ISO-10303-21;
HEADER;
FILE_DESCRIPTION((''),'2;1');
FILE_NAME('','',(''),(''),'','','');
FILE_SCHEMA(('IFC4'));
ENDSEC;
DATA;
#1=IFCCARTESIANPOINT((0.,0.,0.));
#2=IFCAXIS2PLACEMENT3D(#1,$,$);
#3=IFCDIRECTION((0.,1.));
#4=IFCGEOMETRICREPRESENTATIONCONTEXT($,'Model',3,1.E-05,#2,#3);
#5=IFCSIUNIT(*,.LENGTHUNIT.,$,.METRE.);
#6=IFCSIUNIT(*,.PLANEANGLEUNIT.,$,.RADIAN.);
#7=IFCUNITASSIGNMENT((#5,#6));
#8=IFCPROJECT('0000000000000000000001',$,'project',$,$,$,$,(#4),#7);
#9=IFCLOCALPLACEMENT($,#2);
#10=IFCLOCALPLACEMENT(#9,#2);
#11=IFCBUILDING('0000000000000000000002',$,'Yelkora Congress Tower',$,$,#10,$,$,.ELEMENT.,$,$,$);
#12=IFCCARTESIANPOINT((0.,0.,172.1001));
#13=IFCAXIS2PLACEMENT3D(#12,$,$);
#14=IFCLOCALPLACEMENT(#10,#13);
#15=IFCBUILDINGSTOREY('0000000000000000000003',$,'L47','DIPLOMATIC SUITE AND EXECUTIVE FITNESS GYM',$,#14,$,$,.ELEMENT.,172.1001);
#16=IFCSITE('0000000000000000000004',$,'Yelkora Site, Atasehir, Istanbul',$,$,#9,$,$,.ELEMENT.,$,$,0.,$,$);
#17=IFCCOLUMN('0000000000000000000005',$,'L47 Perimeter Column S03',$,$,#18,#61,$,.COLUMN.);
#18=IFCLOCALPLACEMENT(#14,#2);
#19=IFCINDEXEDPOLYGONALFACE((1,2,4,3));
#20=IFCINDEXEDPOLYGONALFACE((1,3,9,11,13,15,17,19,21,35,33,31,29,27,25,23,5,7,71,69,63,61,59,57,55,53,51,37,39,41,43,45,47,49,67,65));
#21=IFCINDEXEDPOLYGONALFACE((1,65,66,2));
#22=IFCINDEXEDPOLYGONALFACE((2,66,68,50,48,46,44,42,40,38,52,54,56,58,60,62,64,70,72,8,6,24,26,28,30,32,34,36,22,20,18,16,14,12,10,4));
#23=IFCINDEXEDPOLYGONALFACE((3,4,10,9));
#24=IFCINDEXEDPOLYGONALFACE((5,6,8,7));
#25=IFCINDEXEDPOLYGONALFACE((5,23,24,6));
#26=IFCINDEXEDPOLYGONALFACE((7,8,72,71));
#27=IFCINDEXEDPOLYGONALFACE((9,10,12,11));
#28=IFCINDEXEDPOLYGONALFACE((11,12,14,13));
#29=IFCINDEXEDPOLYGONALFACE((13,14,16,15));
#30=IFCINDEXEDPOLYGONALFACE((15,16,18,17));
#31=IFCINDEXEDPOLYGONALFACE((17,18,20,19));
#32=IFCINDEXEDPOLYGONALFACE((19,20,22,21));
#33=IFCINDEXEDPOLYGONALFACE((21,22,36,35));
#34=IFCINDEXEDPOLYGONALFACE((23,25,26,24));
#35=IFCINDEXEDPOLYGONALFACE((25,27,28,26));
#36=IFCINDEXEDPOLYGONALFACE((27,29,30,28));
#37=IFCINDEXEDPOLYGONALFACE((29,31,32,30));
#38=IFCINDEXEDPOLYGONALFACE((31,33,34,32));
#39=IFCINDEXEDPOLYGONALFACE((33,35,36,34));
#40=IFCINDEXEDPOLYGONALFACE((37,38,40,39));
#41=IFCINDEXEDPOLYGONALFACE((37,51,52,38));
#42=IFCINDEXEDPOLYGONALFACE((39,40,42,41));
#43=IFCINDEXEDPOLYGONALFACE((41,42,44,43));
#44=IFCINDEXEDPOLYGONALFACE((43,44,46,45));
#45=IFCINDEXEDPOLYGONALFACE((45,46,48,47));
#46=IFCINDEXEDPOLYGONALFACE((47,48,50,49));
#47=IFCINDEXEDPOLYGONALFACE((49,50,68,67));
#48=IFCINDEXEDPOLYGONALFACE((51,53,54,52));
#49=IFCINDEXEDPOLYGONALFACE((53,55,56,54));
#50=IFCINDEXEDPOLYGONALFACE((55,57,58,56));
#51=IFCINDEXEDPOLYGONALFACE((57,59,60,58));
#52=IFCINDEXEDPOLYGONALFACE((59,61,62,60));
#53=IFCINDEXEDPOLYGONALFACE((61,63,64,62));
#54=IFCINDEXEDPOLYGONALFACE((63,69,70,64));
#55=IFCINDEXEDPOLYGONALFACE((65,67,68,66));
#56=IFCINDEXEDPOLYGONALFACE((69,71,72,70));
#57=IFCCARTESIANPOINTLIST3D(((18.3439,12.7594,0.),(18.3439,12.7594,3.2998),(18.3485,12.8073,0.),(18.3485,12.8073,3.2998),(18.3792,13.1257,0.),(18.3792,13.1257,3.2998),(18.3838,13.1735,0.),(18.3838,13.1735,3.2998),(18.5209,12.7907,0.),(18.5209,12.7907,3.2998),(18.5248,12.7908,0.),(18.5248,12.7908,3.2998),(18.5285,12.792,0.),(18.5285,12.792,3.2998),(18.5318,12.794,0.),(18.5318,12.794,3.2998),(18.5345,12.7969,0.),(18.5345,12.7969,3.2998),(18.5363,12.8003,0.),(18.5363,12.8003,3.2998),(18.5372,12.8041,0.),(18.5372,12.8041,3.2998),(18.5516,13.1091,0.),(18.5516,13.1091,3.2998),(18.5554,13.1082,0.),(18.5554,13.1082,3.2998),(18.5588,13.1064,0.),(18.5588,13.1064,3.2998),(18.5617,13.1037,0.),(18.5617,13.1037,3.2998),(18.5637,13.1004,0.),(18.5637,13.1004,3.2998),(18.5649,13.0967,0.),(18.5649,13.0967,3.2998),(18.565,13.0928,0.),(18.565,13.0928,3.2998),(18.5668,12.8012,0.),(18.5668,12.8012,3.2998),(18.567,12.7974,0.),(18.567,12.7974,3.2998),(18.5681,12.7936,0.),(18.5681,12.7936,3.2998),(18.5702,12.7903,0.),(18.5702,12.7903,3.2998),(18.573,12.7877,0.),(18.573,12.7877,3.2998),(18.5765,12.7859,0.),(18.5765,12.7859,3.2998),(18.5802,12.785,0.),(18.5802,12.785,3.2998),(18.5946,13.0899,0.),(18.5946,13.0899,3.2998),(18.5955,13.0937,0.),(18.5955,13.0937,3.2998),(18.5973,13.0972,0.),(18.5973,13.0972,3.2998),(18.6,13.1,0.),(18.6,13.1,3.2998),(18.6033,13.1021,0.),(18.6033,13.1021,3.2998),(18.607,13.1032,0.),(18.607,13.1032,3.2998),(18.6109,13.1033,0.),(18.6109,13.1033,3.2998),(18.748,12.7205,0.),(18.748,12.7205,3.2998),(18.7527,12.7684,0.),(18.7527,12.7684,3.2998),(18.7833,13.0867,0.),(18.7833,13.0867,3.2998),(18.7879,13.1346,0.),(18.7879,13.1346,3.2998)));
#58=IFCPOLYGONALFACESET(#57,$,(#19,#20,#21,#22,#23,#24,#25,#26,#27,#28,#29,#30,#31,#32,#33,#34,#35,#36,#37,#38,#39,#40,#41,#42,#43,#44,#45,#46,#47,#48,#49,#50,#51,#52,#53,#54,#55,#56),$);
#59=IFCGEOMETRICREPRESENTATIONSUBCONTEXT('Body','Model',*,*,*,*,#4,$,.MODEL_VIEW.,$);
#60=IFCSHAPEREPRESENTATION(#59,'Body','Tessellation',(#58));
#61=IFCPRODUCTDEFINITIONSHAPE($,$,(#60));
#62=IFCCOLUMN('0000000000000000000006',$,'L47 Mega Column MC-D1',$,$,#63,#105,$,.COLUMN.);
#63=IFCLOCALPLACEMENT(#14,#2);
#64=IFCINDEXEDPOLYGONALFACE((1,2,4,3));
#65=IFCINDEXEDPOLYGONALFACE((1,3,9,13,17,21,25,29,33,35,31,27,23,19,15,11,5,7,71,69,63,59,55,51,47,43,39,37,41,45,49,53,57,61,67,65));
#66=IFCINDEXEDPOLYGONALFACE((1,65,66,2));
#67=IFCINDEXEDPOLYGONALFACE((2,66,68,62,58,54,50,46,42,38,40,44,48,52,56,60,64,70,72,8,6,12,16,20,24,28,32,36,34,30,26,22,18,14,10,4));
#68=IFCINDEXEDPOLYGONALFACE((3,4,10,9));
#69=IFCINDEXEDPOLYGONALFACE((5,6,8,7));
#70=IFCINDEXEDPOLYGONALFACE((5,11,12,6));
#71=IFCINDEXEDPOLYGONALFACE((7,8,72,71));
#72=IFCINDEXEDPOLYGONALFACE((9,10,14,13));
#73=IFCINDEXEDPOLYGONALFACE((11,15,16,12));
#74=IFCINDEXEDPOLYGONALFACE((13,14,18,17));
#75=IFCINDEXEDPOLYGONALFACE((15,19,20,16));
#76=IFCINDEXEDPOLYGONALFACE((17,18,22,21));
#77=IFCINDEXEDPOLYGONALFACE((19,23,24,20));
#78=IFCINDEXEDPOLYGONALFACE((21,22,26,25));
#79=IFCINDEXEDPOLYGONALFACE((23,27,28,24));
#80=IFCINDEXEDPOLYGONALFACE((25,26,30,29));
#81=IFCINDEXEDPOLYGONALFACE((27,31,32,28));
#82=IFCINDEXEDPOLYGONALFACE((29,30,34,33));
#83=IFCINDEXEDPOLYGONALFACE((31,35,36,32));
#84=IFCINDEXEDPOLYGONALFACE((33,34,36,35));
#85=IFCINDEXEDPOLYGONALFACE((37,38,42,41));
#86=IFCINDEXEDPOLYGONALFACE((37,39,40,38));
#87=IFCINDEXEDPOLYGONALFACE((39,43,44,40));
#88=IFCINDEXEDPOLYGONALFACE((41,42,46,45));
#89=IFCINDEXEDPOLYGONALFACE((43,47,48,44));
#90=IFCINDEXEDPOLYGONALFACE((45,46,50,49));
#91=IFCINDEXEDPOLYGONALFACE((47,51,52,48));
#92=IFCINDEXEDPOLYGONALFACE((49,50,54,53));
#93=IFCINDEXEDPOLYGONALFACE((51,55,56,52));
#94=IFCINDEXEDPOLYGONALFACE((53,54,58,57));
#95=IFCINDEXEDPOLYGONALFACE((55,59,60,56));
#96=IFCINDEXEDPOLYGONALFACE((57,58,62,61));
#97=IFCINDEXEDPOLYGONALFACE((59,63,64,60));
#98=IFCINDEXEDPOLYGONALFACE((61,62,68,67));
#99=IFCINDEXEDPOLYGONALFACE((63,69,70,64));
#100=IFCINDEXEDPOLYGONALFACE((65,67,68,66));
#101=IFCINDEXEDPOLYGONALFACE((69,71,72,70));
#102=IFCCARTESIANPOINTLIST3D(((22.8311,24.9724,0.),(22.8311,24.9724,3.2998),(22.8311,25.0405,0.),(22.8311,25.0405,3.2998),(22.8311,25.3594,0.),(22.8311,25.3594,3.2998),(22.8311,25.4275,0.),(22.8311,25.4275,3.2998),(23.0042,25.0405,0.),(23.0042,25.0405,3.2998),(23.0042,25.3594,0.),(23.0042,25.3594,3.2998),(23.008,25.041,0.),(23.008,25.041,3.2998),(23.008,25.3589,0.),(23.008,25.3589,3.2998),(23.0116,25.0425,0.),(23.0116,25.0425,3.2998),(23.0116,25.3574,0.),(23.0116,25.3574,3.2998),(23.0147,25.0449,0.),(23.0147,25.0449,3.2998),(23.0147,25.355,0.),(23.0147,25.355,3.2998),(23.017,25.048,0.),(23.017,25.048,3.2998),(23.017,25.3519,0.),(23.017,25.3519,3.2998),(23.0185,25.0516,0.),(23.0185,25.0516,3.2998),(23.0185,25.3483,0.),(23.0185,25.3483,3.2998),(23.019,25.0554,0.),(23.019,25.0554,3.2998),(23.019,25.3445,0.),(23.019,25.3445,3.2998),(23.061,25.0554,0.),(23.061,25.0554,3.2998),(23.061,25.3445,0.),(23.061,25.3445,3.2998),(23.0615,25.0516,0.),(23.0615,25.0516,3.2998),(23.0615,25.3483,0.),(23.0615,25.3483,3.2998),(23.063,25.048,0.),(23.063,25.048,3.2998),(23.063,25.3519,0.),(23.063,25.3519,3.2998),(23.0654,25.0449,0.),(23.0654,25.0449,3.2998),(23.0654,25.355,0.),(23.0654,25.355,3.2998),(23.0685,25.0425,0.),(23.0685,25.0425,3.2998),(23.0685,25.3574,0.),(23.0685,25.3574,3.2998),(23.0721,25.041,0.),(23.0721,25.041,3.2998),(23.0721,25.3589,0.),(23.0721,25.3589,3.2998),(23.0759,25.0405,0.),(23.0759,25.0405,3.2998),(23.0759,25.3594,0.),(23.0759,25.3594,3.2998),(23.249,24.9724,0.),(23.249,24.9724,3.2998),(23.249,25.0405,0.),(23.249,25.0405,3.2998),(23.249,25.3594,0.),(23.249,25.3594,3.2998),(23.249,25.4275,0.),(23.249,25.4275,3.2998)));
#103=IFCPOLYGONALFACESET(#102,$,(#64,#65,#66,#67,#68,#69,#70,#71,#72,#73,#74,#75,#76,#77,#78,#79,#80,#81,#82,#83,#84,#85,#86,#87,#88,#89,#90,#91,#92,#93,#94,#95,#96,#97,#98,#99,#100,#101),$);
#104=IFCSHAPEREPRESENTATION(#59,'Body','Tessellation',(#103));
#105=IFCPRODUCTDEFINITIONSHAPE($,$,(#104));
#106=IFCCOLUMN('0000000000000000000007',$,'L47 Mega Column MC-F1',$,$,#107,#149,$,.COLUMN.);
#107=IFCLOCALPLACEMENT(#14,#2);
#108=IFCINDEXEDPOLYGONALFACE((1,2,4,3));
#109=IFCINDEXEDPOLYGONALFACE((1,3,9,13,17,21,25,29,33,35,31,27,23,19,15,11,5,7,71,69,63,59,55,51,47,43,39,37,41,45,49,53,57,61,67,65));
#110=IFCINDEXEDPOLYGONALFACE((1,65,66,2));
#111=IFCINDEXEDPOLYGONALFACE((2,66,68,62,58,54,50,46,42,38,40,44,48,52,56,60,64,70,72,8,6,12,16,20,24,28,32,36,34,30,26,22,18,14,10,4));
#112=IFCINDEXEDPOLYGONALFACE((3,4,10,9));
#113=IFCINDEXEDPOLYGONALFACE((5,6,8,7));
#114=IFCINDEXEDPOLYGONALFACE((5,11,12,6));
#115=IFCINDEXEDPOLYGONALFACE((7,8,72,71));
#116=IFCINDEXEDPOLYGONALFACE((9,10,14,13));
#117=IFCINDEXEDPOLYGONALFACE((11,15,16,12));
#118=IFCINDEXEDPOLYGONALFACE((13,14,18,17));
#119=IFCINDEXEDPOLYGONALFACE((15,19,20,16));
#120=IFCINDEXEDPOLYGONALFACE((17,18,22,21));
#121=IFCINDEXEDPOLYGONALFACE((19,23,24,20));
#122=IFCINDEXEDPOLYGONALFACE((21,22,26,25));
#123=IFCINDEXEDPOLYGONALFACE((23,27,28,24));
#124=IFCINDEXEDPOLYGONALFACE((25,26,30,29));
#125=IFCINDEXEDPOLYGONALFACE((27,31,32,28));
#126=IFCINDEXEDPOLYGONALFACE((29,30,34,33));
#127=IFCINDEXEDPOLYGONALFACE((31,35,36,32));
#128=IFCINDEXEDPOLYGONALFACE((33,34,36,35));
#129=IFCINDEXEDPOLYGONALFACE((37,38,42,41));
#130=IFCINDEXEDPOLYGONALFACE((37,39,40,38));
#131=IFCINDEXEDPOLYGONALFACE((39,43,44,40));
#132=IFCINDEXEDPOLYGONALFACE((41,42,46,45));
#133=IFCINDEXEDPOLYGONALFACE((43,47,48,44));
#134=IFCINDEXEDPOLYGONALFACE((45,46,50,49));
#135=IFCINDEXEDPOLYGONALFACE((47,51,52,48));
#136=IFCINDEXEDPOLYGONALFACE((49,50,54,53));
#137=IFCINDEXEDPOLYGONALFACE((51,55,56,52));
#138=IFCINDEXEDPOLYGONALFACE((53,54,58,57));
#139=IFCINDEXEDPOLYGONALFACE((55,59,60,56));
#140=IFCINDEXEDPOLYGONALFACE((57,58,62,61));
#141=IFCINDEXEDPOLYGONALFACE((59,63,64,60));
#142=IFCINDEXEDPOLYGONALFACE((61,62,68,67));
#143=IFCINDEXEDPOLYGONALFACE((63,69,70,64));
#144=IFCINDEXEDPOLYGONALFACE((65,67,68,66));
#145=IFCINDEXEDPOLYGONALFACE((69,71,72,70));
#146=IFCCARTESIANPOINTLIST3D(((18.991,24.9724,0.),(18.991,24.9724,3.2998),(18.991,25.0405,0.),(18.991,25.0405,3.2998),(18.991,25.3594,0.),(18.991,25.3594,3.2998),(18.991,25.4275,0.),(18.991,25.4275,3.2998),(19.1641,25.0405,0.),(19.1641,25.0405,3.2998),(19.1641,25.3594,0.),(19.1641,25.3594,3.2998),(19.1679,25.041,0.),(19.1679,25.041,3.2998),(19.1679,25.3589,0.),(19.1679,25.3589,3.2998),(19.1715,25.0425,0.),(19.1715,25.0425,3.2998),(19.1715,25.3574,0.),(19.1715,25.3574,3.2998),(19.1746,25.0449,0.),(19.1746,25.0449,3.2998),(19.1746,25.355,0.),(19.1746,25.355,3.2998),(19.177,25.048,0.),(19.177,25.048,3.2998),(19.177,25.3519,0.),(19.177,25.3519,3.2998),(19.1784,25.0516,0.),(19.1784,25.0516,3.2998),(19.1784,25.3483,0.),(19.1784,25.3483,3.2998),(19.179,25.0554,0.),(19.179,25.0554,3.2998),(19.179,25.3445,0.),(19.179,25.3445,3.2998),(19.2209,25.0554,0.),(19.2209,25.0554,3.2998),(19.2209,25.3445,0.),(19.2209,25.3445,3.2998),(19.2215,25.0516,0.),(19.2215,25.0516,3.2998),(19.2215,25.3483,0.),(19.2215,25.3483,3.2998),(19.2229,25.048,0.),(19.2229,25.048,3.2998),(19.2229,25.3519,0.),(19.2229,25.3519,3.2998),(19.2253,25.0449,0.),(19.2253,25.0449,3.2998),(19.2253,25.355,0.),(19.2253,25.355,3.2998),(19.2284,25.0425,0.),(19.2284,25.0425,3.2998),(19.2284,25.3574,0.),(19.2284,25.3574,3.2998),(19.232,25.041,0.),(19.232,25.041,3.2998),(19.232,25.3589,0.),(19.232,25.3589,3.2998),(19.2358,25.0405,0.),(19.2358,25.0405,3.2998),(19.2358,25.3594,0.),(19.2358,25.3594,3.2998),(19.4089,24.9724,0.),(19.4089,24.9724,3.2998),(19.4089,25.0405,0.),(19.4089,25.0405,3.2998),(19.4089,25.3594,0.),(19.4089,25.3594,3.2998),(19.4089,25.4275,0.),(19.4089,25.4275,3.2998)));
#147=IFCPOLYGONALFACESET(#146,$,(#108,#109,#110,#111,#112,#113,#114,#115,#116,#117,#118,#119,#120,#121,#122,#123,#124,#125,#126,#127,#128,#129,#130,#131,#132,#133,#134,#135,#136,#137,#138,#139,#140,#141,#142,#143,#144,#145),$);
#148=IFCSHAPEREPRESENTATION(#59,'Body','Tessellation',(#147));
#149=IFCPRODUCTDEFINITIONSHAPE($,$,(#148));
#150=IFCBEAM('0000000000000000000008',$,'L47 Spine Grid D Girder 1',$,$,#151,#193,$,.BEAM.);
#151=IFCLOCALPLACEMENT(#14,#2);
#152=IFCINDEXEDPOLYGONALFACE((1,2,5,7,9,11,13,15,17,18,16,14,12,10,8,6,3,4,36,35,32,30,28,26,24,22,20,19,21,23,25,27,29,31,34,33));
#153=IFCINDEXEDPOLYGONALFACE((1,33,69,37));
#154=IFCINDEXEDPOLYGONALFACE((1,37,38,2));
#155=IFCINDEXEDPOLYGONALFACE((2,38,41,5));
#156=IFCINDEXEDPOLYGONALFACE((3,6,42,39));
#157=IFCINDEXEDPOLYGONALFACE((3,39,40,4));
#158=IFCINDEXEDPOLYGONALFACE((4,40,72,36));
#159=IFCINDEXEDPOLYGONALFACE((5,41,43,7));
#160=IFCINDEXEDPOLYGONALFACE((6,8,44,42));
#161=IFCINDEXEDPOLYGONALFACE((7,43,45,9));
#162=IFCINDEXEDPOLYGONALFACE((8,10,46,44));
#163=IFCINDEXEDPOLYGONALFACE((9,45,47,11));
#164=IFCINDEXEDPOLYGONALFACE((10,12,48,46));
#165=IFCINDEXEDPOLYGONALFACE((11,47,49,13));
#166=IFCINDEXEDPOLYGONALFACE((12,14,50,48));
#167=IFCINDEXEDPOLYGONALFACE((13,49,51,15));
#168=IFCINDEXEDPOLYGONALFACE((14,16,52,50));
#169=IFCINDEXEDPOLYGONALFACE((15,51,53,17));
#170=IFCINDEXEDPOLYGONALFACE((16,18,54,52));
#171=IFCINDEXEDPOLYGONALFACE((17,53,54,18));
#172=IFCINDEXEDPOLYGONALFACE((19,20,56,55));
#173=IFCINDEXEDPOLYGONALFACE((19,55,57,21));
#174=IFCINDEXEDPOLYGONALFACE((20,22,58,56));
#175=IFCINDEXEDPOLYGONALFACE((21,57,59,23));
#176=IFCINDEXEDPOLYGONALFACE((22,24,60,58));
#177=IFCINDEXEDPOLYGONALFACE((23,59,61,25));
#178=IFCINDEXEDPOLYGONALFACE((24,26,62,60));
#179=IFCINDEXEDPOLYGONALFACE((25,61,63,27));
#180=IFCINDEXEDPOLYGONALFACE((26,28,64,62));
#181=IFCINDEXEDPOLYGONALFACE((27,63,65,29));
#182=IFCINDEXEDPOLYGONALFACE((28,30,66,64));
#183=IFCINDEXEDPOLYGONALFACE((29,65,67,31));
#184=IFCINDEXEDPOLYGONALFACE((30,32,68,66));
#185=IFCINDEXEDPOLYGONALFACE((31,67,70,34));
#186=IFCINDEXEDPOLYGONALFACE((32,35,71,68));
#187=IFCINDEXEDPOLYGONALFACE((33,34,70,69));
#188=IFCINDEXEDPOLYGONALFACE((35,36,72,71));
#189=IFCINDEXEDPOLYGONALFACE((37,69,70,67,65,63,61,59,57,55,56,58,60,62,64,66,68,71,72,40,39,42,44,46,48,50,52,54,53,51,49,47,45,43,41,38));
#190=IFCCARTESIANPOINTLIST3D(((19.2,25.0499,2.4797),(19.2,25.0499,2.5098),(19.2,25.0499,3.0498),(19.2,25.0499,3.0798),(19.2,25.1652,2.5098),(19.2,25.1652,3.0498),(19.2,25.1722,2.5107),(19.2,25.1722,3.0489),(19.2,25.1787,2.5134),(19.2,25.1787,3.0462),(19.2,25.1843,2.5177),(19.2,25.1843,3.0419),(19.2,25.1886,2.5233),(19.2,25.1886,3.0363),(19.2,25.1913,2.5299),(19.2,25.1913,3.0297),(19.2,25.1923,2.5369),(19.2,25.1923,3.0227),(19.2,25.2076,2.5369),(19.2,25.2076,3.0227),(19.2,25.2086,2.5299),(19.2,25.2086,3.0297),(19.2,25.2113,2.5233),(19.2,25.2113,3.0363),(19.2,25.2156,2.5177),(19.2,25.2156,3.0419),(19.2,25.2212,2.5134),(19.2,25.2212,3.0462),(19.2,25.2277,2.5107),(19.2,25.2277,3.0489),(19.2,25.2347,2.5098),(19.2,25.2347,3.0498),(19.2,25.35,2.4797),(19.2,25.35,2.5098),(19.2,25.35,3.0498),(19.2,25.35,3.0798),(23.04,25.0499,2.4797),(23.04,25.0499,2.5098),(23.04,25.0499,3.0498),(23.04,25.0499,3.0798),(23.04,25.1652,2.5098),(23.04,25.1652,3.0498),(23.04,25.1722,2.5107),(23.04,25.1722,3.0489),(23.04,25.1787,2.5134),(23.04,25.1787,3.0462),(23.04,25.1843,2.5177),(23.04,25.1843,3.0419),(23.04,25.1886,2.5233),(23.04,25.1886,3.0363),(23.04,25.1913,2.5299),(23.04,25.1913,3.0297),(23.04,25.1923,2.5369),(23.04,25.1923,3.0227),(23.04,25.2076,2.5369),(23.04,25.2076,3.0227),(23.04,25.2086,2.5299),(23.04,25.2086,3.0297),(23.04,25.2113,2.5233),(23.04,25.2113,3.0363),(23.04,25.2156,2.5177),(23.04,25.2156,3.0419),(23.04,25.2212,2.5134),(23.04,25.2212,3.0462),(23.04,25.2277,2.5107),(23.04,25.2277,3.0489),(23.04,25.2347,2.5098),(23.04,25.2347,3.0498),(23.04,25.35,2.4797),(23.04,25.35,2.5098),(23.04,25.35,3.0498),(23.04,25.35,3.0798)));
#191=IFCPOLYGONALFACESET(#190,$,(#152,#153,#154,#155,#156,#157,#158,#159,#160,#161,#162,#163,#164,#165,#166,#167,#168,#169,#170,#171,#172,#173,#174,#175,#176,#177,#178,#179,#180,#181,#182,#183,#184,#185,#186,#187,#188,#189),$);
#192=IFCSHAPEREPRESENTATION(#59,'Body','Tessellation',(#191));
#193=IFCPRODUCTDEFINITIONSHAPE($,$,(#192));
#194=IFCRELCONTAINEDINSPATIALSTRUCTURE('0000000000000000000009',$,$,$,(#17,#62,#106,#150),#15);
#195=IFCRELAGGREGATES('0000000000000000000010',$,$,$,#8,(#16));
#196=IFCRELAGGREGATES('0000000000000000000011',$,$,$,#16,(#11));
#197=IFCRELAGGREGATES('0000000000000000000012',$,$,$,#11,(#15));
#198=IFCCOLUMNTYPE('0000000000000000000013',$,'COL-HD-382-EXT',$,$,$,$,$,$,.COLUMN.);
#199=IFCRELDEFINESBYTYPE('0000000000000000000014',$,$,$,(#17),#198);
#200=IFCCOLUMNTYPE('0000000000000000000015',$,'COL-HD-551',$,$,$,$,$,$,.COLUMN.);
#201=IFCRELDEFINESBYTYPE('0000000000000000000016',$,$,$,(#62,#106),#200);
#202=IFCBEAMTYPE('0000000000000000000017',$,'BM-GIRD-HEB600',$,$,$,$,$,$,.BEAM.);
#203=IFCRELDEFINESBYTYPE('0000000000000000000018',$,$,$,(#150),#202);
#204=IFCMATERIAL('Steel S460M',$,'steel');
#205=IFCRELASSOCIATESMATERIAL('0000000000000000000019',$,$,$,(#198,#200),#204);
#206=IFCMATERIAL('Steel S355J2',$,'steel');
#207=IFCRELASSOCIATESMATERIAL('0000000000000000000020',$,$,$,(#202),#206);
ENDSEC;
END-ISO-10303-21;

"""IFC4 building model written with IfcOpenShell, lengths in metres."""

from ifc_helpers import new_model, si_unit, direction, frame, origin, origin_2d, place, context, subcontext, project, spatial, i_section, extrude, material, material_profile, profile_set, type_object, element, save


model = new_model("IFC4")

# Units and contexts
model_context = context("Model", 3, precision=1e-05, world=origin(), true_north=direction((0.0, 1.0)))
body_context = subcontext(model_context, "Body", "Model", "MODEL_VIEW")
ifc_project = project(units=[si_unit("LENGTHUNIT", "METRE"), si_unit("PLANEANGLEUNIT", "RADIAN")], contexts=[model_context])

# Site, building, storey
site_placement = place(None, origin())
site = spatial("IfcSite", under=ifc_project, at=site_placement, Name="Yelkora Site, Atasehir, Istanbul", CompositionType="ELEMENT", RefElevation=0.0)
building_placement = place(site_placement, origin())
building = spatial("IfcBuilding", under=site, at=building_placement, Name="Yelkora Congress Tower", CompositionType="ELEMENT")
storey_placement = place(building_placement, frame((0.0, 0.0, 172.1001)))
storey = spatial("IfcBuildingStorey", under=building, at=storey_placement, Name="L47", Description="DIPLOMATIC SUITE AND EXECUTIVE FITNESS GYM", CompositionType="ELEMENT", Elevation=172.1001)

# Columns
ifc_material_1 = material(Name="Steel S460M", Category="steel")
ifc_material_profile_1 = material_profile(ifc_material_1, i_section(OverallWidth=0.406, OverallDepth=0.416, WebThickness=0.0298, FlangeThickness=0.0481, FilletRadius=0.0149, at=origin_2d()), Name="HD 400x382")
ifc_profile_set_1 = profile_set([ifc_material_profile_1], Name="Steel S460M")
column_type_1 = type_object("IfcColumnType", Name="COL-HD-382-EXT", PredefinedType="COLUMN", material=ifc_profile_set_1)
column_placement = place(storey_placement, frame((18.5659, 12.947, 0.0), z_axis=(0.0, 0.0, 1.0), x_axis=(0.995396, -0.095846, 0.0)))
element("IfcColumn", 1, at=column_placement, inside=storey, type_object=column_type_1, Name="L47 Perimeter Column S03", PredefinedType="COLUMN", context=body_context, shape_type="SweptSolid", body=[
    extrude(i_section(OverallWidth=0.406, OverallDepth=0.416, WebThickness=0.0298, FlangeThickness=0.0481, FilletRadius=0.0149, at=origin_2d()), origin(), (0.0, 0.0, 1.0), 3.2998),
])
ifc_material_profile_2 = material_profile(ifc_material_1, i_section(OverallWidth=0.418, OverallDepth=0.4551, WebThickness=0.042, FlangeThickness=0.0681, FilletRadius=0.0149, at=origin_2d()), Name="HD 400x551")
ifc_profile_set_2 = profile_set([ifc_material_profile_2], Name="Steel S460M")
column_type_2 = type_object("IfcColumnType", Name="COL-HD-551", PredefinedType="COLUMN", material=ifc_profile_set_2)
for number, where, z_axis, x_axis, name in (
    (2, (23.04, 25.2, 0.0), (0.0, 0.0, 1.0), (1.0, 0.0, 0.0), "L47 Mega Column MC-D1"),
    (3, (19.2, 25.2, 0.0), (0.0, 0.0, 1.0), (1.0, 0.0, 0.0), "L47 Mega Column MC-F1"),
):
    element("IfcColumn", number, at=place(storey_placement, frame(where, z_axis=z_axis, x_axis=x_axis)), inside=storey, type_object=column_type_2, Name=name, PredefinedType="COLUMN", context=body_context, shape_type="SweptSolid", body=[
        extrude(i_section(OverallWidth=0.418, OverallDepth=0.4551, WebThickness=0.042, FlangeThickness=0.0681, FilletRadius=0.0149, at=origin_2d()), origin(), (0.0, 0.0, 1.0), 3.2998),
    ])

# Beam
ifc_material_2 = material(Name="Steel S355J2", Category="steel")
ifc_material_profile_3 = material_profile(ifc_material_2, i_section(OverallWidth=0.3, OverallDepth=0.6001, WebThickness=0.0154, FlangeThickness=0.03, FilletRadius=0.0271, at=origin_2d()), Name="HEB 600")
ifc_profile_set_3 = profile_set([ifc_material_profile_3], Name="Steel S355J2")
beam_type_1 = type_object("IfcBeamType", Name="BM-GIRD-HEB600", PredefinedType="BEAM", material=ifc_profile_set_3)
beam_1_placement = place(storey_placement, frame((19.2, 25.2, 2.7798), z_axis=(1.0, 0.0, 0.0), x_axis=(0.0, 1.0, 0.0)))
element("IfcBeam", 4, at=beam_1_placement, inside=storey, type_object=beam_type_1, Name="L47 Spine Grid D Girder 1", PredefinedType="BEAM", context=body_context, shape_type="SweptSolid", body=[
    extrude(i_section(OverallWidth=0.3, OverallDepth=0.6001, WebThickness=0.0154, FlangeThickness=0.03, FilletRadius=0.0271, at=origin_2d()), origin(), (0.0, 0.0, 1.0), 3.8401),
])

save(model, "model.ifc")
